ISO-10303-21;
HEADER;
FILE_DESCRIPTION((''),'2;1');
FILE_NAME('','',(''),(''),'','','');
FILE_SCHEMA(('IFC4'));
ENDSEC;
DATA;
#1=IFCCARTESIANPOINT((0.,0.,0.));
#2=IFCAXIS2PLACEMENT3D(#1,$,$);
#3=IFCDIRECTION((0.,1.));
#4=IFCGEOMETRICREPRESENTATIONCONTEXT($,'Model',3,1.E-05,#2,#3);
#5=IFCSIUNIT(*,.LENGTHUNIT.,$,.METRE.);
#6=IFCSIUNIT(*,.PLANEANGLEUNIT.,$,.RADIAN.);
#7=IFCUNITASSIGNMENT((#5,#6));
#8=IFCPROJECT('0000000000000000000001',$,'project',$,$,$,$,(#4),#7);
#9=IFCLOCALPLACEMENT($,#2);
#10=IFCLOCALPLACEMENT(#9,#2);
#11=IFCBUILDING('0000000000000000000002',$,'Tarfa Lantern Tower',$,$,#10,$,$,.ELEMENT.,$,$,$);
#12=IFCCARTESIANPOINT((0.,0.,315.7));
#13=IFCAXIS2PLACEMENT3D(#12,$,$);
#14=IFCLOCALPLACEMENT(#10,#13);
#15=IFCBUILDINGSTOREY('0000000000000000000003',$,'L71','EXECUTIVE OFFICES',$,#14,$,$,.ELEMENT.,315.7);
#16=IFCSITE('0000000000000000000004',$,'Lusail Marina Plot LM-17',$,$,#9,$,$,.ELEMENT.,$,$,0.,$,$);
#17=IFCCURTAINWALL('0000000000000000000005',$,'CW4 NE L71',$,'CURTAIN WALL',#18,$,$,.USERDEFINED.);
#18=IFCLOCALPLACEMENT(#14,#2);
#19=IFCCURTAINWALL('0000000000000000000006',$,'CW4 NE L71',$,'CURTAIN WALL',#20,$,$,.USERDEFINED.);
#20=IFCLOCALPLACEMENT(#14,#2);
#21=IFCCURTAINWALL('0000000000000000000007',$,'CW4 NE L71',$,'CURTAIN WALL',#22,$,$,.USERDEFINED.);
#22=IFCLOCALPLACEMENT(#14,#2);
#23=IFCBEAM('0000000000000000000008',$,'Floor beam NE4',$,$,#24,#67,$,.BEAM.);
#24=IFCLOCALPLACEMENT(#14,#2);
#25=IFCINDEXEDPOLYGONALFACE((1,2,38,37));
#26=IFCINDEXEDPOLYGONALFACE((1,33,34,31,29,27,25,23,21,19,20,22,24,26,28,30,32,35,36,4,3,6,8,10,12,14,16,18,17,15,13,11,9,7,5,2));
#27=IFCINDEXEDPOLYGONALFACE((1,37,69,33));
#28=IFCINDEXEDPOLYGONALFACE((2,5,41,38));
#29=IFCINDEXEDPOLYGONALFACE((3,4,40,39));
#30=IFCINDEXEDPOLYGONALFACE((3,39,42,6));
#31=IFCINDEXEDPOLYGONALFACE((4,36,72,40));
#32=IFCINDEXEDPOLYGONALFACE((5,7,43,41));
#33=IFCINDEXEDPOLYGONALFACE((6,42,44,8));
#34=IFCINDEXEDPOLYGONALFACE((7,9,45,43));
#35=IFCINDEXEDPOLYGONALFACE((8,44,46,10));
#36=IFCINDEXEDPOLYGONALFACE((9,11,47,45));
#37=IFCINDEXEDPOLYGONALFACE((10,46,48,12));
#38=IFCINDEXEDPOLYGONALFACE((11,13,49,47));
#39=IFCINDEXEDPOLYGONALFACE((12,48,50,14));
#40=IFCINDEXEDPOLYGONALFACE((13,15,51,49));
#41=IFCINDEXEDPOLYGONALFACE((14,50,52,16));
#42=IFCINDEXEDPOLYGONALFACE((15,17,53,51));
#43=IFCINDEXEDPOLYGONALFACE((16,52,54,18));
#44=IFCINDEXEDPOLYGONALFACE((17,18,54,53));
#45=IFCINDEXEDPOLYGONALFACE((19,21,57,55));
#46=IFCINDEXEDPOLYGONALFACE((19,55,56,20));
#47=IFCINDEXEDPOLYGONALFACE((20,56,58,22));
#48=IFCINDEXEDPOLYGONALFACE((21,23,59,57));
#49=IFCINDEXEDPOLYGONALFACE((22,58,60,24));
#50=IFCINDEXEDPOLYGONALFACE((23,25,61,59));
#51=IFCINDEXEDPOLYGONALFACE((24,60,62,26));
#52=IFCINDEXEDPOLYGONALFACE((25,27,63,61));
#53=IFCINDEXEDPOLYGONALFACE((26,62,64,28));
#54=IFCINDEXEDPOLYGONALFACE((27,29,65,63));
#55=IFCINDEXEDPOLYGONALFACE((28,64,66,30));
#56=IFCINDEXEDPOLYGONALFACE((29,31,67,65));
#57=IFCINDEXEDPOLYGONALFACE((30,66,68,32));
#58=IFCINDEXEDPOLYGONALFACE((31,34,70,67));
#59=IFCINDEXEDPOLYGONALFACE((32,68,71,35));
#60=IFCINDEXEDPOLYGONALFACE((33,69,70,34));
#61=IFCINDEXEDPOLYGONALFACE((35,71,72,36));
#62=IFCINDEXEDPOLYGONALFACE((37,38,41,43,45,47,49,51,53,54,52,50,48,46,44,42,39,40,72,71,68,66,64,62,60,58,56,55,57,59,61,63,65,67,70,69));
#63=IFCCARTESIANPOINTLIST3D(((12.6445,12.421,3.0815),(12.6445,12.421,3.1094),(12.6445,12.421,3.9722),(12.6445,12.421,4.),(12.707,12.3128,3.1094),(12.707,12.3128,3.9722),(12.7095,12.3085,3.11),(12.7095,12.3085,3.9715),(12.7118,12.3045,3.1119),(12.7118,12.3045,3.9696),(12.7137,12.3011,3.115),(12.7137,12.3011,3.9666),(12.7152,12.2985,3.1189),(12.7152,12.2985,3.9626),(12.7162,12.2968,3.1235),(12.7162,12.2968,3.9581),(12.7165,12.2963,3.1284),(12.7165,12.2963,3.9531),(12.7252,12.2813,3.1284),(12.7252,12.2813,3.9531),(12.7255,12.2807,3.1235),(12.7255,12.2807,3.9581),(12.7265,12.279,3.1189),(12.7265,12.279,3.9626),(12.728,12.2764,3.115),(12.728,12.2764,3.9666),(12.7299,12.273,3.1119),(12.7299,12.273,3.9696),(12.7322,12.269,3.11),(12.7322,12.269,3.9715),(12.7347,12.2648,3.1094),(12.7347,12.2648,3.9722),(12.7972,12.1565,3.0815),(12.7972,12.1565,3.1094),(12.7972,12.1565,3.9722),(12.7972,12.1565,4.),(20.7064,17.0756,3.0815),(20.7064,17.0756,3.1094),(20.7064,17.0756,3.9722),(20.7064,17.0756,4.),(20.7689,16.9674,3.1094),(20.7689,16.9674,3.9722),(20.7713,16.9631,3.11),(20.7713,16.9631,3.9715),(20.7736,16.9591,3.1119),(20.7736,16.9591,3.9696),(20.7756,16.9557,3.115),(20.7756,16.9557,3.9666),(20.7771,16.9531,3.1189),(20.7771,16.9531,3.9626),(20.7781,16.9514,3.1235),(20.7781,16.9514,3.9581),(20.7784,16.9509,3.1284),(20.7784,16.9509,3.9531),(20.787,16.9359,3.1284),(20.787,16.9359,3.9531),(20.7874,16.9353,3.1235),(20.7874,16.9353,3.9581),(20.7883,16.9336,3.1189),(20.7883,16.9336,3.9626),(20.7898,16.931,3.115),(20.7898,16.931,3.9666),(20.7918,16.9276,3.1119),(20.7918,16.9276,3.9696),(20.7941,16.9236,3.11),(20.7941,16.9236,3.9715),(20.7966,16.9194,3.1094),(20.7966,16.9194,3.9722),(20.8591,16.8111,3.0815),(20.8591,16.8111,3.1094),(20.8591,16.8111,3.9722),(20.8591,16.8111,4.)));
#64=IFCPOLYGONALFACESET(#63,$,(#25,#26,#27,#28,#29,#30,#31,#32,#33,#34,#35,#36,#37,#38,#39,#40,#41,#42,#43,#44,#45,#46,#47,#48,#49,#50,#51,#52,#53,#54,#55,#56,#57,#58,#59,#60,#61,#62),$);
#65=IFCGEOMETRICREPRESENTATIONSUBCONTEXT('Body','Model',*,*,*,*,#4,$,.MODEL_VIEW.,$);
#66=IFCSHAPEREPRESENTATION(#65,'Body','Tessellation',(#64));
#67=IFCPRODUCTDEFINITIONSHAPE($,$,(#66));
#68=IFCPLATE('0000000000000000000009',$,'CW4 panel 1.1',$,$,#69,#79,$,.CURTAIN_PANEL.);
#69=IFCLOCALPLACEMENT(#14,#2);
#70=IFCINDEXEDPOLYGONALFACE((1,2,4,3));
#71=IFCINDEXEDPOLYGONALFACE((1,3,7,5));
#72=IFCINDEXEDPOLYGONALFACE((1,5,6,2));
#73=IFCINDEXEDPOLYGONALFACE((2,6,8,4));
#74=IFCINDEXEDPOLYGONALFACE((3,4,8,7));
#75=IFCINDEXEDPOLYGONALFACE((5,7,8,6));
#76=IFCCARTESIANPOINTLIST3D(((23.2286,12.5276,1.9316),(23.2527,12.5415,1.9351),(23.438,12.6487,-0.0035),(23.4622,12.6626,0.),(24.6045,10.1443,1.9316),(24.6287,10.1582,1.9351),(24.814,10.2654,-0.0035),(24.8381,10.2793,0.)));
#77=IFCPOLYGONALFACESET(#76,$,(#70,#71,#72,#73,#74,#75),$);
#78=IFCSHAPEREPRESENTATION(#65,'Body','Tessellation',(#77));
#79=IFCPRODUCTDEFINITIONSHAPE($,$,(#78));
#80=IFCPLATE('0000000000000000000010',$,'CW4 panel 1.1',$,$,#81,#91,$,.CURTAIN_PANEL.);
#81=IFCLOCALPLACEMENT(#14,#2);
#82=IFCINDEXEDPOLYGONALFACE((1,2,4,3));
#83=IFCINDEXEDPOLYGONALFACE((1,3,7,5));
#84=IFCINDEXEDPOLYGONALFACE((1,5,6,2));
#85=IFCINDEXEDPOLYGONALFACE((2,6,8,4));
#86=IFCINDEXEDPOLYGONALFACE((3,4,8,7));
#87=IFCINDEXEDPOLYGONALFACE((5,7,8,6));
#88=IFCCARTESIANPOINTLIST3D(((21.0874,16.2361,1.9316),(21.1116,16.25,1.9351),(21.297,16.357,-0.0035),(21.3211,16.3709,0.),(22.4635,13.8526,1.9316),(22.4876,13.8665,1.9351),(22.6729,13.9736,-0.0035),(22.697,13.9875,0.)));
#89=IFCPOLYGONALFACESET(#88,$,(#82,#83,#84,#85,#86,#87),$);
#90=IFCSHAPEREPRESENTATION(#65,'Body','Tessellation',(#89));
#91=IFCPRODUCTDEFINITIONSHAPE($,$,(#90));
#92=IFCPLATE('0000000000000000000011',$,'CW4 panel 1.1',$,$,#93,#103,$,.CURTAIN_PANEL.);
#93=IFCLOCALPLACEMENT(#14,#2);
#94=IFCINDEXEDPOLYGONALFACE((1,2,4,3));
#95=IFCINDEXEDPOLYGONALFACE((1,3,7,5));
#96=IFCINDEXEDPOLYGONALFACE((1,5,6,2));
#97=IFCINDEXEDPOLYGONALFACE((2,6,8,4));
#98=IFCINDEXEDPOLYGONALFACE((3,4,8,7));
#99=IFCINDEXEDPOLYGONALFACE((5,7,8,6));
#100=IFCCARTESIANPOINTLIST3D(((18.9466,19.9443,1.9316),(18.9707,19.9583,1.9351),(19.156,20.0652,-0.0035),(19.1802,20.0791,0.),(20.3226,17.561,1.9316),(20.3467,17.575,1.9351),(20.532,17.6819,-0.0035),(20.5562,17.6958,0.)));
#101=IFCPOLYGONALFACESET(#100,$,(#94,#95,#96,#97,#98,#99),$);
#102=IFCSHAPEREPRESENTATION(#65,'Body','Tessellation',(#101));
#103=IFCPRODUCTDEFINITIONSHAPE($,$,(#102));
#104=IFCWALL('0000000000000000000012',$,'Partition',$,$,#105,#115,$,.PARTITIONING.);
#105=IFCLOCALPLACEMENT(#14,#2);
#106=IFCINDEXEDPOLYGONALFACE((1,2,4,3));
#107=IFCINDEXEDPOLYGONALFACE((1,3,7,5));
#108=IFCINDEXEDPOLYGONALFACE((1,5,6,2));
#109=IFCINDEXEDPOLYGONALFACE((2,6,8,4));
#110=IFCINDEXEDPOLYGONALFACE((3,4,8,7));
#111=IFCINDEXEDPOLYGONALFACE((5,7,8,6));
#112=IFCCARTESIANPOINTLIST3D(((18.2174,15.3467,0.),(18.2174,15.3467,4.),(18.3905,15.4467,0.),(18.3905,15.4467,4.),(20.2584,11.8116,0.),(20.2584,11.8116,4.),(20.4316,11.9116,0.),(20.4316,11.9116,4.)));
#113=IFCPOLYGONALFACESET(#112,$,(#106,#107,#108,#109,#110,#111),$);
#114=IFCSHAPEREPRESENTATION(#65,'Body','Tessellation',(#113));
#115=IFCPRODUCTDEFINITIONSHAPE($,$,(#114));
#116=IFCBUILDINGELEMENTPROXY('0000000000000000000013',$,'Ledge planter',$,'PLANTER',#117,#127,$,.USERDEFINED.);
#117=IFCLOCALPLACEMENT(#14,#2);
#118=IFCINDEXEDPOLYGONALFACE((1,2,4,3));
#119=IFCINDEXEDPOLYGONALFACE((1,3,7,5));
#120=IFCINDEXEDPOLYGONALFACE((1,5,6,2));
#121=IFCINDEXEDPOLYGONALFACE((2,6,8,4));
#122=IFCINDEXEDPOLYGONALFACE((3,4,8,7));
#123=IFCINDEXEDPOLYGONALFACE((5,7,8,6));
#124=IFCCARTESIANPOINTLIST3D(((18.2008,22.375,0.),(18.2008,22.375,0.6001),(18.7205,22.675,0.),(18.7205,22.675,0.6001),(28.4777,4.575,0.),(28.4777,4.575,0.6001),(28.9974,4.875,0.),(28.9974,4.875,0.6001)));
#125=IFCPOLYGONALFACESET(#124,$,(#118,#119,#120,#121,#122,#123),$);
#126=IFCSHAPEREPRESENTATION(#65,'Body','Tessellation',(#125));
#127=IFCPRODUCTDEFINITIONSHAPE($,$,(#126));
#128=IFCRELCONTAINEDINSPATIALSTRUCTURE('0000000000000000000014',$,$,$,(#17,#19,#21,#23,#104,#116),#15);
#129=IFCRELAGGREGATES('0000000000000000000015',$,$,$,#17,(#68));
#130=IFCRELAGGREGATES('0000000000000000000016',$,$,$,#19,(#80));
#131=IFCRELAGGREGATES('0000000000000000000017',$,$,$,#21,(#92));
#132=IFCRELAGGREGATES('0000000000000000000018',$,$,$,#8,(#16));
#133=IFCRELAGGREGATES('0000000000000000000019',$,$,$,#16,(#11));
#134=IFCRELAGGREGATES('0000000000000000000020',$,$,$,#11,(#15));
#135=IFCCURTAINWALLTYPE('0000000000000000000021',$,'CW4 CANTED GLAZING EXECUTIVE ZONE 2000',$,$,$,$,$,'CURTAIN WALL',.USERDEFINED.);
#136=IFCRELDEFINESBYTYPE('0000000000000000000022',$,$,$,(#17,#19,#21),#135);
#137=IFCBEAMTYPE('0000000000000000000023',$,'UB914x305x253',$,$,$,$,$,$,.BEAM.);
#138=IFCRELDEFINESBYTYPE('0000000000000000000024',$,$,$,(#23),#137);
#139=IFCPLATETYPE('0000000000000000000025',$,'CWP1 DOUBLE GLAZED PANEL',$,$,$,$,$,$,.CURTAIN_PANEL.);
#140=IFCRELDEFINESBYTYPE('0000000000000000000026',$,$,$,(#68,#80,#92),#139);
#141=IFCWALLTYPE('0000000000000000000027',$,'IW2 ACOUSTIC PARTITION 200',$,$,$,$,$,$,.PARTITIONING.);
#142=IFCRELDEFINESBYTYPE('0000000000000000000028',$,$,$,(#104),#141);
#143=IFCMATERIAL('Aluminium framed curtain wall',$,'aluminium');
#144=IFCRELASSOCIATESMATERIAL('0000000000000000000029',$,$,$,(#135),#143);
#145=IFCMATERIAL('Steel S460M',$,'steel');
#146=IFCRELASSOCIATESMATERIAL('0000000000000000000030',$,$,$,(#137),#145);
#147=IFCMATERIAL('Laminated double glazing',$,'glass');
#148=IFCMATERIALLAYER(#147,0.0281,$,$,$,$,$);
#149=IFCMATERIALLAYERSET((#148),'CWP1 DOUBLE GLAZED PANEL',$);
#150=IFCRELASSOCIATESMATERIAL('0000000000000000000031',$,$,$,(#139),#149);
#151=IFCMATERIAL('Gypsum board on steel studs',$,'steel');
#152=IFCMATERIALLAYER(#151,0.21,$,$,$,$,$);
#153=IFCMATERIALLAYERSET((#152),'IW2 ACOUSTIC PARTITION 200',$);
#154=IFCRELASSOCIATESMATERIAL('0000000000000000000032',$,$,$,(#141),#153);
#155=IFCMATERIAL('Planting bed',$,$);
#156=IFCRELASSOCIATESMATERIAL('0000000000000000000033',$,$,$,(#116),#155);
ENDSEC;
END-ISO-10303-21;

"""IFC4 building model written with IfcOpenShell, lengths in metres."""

from ifc_helpers import new_model, si_unit, direction, frame, frame_2d, origin, origin_2d, place, context, subcontext, project, spatial, polyline, rectangle, i_section, outline, extrude, material, layer, layer_set, material_profile, profile_set, type_object, element, aggregate, save


model = new_model("IFC4")

# Units and contexts
model_context = context("Model", 3, precision=1e-05, world=origin(), true_north=direction((0.0, 1.0)))
body_context = subcontext(model_context, "Body", "Model", "MODEL_VIEW")
ifc_project = project(units=[si_unit("LENGTHUNIT", "METRE"), si_unit("PLANEANGLEUNIT", "RADIAN")], contexts=[model_context])

# Site, building, storey
site_placement = place(None, origin())
site = spatial("IfcSite", under=ifc_project, at=site_placement, Name="Lusail Marina Plot LM-17", CompositionType="ELEMENT", RefElevation=0.0)
building_placement = place(site_placement, origin())
building = spatial("IfcBuilding", under=site, at=building_placement, Name="Tarfa Lantern Tower", CompositionType="ELEMENT")
storey_placement = place(building_placement, frame((0.0, 0.0, 315.7)))
storey = spatial("IfcBuildingStorey", under=building, at=storey_placement, Name="L71", Description="EXECUTIVE OFFICES", CompositionType="ELEMENT", Elevation=315.7)

# Curtain walls
ifc_material_1 = material(Name="Aluminium framed curtain wall", Category="aluminium")
curtain_wall_type = type_object("IfcCurtainWallType", Name="CW4 CANTED GLAZING EXECUTIVE ZONE 2000", ElementType="CURTAIN WALL", PredefinedType="USERDEFINED", material=ifc_material_1)
curtain_wall_1_placement = place(storey_placement, origin())
curtain_wall_1 = element("IfcCurtainWall", 1, at=curtain_wall_1_placement, inside=storey, type_object=curtain_wall_type, Name="CW4 NE L71", ObjectType="CURTAIN WALL", PredefinedType="USERDEFINED")
curtain_wall_2_placement = place(storey_placement, origin())
curtain_wall_2 = element("IfcCurtainWall", 2, at=curtain_wall_2_placement, inside=storey, type_object=curtain_wall_type, Name="CW4 NE L71", ObjectType="CURTAIN WALL", PredefinedType="USERDEFINED")

# Curtain wall
curtain_wall_3_placement = place(storey_placement, origin())
curtain_wall_3 = element("IfcCurtainWall", 3, at=curtain_wall_3_placement, inside=storey, type_object=curtain_wall_type, Name="CW4 NE L71", ObjectType="CURTAIN WALL", PredefinedType="USERDEFINED")

# Beam
ifc_material_2 = material(Name="Steel S460M", Category="steel")
ifc_material_profile_1 = material_profile(ifc_material_2, i_section(OverallWidth=0.3054, OverallDepth=0.9185, WebThickness=0.0173, FlangeThickness=0.0278, FilletRadius=0.019, at=origin_2d()), Name="UB914x305x253")
ifc_profile_set_1 = profile_set([ifc_material_profile_1], Name="Steel S460M")
beam_type_1 = type_object("IfcBeamType", Name="UB914x305x253", PredefinedType="BEAM", material=ifc_profile_set_1)
beam_1_placement = place(storey_placement, frame((20.7827, 16.9434, 3.5408), z_axis=(-0.866022, -0.500006, 0.0), x_axis=(0.500006, -0.866022, 0.0)))
element("IfcBeam", 4, at=beam_1_placement, inside=storey, type_object=beam_type_1, Name="Floor beam NE4", PredefinedType="BEAM", context=body_context, shape_type="SweptSolid", body=[
    extrude(i_section(OverallWidth=0.3054, OverallDepth=0.9185, WebThickness=0.0173, FlangeThickness=0.0278, FilletRadius=0.019, at=origin_2d()), origin(), (0.0, 0.0, 1.0), 9.3091),
])

# Plates
ifc_material_3 = material(Name="Laminated double glazing", Category="glass")
ifc_layer_1 = layer(ifc_material_3, 0.0281)
ifc_layer_set_1 = layer_set([ifc_layer_1], Name="CWP1 DOUBLE GLAZED PANEL")
plate_type = type_object("IfcPlateType", Name="CWP1 DOUBLE GLAZED PANEL", PredefinedType="CURTAIN_PANEL", material=ifc_layer_set_1)
plate_1_placement = place(storey_placement, frame((24.8381, 10.2793, 0.0), z_axis=(0.859337, 0.49613, 0.124072), x_axis=(-0.499994, 0.866029, 0.0)))
plate_1 = element("IfcPlate", 5, at=plate_1_placement, type_object=plate_type, Name="CW4 panel 1.1", PredefinedType="CURTAIN_PANEL", context=body_context, shape_type="SweptSolid", body=[
    extrude(outline(polyline([(0.0, 0.0), (2.752, 0.0), (2.7519, 1.9501), (-0.0001, 1.9501), (0.0, 0.0)])), origin(), (0.0, 0.0, -1.0), 0.0281),
])
aggregate(curtain_wall_1, [plate_1])
plate_2_placement = place(storey_placement, frame((22.697, 13.9875, 0.0), z_axis=(0.859352, 0.496113, 0.124041), x_axis=(-0.499975, 0.86604, 0.000003)))
plate_2 = element("IfcPlate", 6, at=plate_2_placement, type_object=plate_type, Name="CW4 panel 1.1", PredefinedType="CURTAIN_PANEL", context=body_context, shape_type="SweptSolid", body=[
    extrude(outline(polyline([(0.0, 0.0), (2.752, 0.0), (2.7521, 1.9501), (-0.0001, 1.9501), (0.0, 0.0)])), origin(), (0.0, 0.0, -1.0), 0.0281),
])
aggregate(curtain_wall_2, [plate_2])
plate_3_placement = place(storey_placement, frame((20.5562, 17.6958, 0.0), z_axis=(0.859344, 0.496134, 0.12401), x_axis=(-0.499994, 0.866029, 0.0)))
plate_3 = element("IfcPlate", 7, at=plate_3_placement, type_object=plate_type, Name="CW4 panel 1.1", PredefinedType="CURTAIN_PANEL", context=body_context, shape_type="SweptSolid", body=[
    extrude(outline(polyline([(0.0, 0.0), (2.752, 0.0), (2.7521, 1.9501), (0.0001, 1.9501), (0.0, 0.0)])), origin(), (0.0, 0.0, -1.0), 0.0281),
])
aggregate(curtain_wall_3, [plate_3])

# Wall
ifc_material_4 = material(Name="Gypsum board on steel studs", Category="steel")
ifc_layer_2 = layer(ifc_material_4, 0.21)
ifc_layer_set_2 = layer_set([ifc_layer_2], Name="IW2 ACOUSTIC PARTITION 200")
wall_type = type_object("IfcWallType", Name="IW2 ACOUSTIC PARTITION 200", PredefinedType="PARTITIONING", material=ifc_layer_set_2)
wall_placement = place(storey_placement, frame((20.345, 11.8616, 0.0), z_axis=(0.0, 0.0, 1.0), x_axis=(-0.499999, 0.866026, 0.0)))
element("IfcWall", 8, at=wall_placement, inside=storey, type_object=wall_type, Name="Partition", PredefinedType="PARTITIONING", context=body_context, shape_type="SweptSolid", body=[
    extrude(rectangle(XDim=4.082, YDim=0.2, at=frame_2d((2.041, 0.0))), origin(), (0.0, 0.0, 1.0), 4.0),
])

# Building element proxy
ifc_material_5 = material(Name="Planting bed")
proxy_placement = place(storey_placement, frame((23.5991, 13.625, 0.0), z_axis=(0.0, 0.0, 1.0), x_axis=(-0.5, 0.866025, 0.0)))
element("IfcBuildingElementProxy", 9, at=proxy_placement, inside=storey, material=ifc_material_5, Name="Ledge planter", ObjectType="PLANTER", PredefinedType="USERDEFINED", context=body_context, shape_type="SweptSolid", body=[
    extrude(rectangle(XDim=20.5537, YDim=0.6001, at=origin_2d()), origin(), (0.0, 0.0, 1.0), 0.6001),
])

save(model, "model.ifc")
